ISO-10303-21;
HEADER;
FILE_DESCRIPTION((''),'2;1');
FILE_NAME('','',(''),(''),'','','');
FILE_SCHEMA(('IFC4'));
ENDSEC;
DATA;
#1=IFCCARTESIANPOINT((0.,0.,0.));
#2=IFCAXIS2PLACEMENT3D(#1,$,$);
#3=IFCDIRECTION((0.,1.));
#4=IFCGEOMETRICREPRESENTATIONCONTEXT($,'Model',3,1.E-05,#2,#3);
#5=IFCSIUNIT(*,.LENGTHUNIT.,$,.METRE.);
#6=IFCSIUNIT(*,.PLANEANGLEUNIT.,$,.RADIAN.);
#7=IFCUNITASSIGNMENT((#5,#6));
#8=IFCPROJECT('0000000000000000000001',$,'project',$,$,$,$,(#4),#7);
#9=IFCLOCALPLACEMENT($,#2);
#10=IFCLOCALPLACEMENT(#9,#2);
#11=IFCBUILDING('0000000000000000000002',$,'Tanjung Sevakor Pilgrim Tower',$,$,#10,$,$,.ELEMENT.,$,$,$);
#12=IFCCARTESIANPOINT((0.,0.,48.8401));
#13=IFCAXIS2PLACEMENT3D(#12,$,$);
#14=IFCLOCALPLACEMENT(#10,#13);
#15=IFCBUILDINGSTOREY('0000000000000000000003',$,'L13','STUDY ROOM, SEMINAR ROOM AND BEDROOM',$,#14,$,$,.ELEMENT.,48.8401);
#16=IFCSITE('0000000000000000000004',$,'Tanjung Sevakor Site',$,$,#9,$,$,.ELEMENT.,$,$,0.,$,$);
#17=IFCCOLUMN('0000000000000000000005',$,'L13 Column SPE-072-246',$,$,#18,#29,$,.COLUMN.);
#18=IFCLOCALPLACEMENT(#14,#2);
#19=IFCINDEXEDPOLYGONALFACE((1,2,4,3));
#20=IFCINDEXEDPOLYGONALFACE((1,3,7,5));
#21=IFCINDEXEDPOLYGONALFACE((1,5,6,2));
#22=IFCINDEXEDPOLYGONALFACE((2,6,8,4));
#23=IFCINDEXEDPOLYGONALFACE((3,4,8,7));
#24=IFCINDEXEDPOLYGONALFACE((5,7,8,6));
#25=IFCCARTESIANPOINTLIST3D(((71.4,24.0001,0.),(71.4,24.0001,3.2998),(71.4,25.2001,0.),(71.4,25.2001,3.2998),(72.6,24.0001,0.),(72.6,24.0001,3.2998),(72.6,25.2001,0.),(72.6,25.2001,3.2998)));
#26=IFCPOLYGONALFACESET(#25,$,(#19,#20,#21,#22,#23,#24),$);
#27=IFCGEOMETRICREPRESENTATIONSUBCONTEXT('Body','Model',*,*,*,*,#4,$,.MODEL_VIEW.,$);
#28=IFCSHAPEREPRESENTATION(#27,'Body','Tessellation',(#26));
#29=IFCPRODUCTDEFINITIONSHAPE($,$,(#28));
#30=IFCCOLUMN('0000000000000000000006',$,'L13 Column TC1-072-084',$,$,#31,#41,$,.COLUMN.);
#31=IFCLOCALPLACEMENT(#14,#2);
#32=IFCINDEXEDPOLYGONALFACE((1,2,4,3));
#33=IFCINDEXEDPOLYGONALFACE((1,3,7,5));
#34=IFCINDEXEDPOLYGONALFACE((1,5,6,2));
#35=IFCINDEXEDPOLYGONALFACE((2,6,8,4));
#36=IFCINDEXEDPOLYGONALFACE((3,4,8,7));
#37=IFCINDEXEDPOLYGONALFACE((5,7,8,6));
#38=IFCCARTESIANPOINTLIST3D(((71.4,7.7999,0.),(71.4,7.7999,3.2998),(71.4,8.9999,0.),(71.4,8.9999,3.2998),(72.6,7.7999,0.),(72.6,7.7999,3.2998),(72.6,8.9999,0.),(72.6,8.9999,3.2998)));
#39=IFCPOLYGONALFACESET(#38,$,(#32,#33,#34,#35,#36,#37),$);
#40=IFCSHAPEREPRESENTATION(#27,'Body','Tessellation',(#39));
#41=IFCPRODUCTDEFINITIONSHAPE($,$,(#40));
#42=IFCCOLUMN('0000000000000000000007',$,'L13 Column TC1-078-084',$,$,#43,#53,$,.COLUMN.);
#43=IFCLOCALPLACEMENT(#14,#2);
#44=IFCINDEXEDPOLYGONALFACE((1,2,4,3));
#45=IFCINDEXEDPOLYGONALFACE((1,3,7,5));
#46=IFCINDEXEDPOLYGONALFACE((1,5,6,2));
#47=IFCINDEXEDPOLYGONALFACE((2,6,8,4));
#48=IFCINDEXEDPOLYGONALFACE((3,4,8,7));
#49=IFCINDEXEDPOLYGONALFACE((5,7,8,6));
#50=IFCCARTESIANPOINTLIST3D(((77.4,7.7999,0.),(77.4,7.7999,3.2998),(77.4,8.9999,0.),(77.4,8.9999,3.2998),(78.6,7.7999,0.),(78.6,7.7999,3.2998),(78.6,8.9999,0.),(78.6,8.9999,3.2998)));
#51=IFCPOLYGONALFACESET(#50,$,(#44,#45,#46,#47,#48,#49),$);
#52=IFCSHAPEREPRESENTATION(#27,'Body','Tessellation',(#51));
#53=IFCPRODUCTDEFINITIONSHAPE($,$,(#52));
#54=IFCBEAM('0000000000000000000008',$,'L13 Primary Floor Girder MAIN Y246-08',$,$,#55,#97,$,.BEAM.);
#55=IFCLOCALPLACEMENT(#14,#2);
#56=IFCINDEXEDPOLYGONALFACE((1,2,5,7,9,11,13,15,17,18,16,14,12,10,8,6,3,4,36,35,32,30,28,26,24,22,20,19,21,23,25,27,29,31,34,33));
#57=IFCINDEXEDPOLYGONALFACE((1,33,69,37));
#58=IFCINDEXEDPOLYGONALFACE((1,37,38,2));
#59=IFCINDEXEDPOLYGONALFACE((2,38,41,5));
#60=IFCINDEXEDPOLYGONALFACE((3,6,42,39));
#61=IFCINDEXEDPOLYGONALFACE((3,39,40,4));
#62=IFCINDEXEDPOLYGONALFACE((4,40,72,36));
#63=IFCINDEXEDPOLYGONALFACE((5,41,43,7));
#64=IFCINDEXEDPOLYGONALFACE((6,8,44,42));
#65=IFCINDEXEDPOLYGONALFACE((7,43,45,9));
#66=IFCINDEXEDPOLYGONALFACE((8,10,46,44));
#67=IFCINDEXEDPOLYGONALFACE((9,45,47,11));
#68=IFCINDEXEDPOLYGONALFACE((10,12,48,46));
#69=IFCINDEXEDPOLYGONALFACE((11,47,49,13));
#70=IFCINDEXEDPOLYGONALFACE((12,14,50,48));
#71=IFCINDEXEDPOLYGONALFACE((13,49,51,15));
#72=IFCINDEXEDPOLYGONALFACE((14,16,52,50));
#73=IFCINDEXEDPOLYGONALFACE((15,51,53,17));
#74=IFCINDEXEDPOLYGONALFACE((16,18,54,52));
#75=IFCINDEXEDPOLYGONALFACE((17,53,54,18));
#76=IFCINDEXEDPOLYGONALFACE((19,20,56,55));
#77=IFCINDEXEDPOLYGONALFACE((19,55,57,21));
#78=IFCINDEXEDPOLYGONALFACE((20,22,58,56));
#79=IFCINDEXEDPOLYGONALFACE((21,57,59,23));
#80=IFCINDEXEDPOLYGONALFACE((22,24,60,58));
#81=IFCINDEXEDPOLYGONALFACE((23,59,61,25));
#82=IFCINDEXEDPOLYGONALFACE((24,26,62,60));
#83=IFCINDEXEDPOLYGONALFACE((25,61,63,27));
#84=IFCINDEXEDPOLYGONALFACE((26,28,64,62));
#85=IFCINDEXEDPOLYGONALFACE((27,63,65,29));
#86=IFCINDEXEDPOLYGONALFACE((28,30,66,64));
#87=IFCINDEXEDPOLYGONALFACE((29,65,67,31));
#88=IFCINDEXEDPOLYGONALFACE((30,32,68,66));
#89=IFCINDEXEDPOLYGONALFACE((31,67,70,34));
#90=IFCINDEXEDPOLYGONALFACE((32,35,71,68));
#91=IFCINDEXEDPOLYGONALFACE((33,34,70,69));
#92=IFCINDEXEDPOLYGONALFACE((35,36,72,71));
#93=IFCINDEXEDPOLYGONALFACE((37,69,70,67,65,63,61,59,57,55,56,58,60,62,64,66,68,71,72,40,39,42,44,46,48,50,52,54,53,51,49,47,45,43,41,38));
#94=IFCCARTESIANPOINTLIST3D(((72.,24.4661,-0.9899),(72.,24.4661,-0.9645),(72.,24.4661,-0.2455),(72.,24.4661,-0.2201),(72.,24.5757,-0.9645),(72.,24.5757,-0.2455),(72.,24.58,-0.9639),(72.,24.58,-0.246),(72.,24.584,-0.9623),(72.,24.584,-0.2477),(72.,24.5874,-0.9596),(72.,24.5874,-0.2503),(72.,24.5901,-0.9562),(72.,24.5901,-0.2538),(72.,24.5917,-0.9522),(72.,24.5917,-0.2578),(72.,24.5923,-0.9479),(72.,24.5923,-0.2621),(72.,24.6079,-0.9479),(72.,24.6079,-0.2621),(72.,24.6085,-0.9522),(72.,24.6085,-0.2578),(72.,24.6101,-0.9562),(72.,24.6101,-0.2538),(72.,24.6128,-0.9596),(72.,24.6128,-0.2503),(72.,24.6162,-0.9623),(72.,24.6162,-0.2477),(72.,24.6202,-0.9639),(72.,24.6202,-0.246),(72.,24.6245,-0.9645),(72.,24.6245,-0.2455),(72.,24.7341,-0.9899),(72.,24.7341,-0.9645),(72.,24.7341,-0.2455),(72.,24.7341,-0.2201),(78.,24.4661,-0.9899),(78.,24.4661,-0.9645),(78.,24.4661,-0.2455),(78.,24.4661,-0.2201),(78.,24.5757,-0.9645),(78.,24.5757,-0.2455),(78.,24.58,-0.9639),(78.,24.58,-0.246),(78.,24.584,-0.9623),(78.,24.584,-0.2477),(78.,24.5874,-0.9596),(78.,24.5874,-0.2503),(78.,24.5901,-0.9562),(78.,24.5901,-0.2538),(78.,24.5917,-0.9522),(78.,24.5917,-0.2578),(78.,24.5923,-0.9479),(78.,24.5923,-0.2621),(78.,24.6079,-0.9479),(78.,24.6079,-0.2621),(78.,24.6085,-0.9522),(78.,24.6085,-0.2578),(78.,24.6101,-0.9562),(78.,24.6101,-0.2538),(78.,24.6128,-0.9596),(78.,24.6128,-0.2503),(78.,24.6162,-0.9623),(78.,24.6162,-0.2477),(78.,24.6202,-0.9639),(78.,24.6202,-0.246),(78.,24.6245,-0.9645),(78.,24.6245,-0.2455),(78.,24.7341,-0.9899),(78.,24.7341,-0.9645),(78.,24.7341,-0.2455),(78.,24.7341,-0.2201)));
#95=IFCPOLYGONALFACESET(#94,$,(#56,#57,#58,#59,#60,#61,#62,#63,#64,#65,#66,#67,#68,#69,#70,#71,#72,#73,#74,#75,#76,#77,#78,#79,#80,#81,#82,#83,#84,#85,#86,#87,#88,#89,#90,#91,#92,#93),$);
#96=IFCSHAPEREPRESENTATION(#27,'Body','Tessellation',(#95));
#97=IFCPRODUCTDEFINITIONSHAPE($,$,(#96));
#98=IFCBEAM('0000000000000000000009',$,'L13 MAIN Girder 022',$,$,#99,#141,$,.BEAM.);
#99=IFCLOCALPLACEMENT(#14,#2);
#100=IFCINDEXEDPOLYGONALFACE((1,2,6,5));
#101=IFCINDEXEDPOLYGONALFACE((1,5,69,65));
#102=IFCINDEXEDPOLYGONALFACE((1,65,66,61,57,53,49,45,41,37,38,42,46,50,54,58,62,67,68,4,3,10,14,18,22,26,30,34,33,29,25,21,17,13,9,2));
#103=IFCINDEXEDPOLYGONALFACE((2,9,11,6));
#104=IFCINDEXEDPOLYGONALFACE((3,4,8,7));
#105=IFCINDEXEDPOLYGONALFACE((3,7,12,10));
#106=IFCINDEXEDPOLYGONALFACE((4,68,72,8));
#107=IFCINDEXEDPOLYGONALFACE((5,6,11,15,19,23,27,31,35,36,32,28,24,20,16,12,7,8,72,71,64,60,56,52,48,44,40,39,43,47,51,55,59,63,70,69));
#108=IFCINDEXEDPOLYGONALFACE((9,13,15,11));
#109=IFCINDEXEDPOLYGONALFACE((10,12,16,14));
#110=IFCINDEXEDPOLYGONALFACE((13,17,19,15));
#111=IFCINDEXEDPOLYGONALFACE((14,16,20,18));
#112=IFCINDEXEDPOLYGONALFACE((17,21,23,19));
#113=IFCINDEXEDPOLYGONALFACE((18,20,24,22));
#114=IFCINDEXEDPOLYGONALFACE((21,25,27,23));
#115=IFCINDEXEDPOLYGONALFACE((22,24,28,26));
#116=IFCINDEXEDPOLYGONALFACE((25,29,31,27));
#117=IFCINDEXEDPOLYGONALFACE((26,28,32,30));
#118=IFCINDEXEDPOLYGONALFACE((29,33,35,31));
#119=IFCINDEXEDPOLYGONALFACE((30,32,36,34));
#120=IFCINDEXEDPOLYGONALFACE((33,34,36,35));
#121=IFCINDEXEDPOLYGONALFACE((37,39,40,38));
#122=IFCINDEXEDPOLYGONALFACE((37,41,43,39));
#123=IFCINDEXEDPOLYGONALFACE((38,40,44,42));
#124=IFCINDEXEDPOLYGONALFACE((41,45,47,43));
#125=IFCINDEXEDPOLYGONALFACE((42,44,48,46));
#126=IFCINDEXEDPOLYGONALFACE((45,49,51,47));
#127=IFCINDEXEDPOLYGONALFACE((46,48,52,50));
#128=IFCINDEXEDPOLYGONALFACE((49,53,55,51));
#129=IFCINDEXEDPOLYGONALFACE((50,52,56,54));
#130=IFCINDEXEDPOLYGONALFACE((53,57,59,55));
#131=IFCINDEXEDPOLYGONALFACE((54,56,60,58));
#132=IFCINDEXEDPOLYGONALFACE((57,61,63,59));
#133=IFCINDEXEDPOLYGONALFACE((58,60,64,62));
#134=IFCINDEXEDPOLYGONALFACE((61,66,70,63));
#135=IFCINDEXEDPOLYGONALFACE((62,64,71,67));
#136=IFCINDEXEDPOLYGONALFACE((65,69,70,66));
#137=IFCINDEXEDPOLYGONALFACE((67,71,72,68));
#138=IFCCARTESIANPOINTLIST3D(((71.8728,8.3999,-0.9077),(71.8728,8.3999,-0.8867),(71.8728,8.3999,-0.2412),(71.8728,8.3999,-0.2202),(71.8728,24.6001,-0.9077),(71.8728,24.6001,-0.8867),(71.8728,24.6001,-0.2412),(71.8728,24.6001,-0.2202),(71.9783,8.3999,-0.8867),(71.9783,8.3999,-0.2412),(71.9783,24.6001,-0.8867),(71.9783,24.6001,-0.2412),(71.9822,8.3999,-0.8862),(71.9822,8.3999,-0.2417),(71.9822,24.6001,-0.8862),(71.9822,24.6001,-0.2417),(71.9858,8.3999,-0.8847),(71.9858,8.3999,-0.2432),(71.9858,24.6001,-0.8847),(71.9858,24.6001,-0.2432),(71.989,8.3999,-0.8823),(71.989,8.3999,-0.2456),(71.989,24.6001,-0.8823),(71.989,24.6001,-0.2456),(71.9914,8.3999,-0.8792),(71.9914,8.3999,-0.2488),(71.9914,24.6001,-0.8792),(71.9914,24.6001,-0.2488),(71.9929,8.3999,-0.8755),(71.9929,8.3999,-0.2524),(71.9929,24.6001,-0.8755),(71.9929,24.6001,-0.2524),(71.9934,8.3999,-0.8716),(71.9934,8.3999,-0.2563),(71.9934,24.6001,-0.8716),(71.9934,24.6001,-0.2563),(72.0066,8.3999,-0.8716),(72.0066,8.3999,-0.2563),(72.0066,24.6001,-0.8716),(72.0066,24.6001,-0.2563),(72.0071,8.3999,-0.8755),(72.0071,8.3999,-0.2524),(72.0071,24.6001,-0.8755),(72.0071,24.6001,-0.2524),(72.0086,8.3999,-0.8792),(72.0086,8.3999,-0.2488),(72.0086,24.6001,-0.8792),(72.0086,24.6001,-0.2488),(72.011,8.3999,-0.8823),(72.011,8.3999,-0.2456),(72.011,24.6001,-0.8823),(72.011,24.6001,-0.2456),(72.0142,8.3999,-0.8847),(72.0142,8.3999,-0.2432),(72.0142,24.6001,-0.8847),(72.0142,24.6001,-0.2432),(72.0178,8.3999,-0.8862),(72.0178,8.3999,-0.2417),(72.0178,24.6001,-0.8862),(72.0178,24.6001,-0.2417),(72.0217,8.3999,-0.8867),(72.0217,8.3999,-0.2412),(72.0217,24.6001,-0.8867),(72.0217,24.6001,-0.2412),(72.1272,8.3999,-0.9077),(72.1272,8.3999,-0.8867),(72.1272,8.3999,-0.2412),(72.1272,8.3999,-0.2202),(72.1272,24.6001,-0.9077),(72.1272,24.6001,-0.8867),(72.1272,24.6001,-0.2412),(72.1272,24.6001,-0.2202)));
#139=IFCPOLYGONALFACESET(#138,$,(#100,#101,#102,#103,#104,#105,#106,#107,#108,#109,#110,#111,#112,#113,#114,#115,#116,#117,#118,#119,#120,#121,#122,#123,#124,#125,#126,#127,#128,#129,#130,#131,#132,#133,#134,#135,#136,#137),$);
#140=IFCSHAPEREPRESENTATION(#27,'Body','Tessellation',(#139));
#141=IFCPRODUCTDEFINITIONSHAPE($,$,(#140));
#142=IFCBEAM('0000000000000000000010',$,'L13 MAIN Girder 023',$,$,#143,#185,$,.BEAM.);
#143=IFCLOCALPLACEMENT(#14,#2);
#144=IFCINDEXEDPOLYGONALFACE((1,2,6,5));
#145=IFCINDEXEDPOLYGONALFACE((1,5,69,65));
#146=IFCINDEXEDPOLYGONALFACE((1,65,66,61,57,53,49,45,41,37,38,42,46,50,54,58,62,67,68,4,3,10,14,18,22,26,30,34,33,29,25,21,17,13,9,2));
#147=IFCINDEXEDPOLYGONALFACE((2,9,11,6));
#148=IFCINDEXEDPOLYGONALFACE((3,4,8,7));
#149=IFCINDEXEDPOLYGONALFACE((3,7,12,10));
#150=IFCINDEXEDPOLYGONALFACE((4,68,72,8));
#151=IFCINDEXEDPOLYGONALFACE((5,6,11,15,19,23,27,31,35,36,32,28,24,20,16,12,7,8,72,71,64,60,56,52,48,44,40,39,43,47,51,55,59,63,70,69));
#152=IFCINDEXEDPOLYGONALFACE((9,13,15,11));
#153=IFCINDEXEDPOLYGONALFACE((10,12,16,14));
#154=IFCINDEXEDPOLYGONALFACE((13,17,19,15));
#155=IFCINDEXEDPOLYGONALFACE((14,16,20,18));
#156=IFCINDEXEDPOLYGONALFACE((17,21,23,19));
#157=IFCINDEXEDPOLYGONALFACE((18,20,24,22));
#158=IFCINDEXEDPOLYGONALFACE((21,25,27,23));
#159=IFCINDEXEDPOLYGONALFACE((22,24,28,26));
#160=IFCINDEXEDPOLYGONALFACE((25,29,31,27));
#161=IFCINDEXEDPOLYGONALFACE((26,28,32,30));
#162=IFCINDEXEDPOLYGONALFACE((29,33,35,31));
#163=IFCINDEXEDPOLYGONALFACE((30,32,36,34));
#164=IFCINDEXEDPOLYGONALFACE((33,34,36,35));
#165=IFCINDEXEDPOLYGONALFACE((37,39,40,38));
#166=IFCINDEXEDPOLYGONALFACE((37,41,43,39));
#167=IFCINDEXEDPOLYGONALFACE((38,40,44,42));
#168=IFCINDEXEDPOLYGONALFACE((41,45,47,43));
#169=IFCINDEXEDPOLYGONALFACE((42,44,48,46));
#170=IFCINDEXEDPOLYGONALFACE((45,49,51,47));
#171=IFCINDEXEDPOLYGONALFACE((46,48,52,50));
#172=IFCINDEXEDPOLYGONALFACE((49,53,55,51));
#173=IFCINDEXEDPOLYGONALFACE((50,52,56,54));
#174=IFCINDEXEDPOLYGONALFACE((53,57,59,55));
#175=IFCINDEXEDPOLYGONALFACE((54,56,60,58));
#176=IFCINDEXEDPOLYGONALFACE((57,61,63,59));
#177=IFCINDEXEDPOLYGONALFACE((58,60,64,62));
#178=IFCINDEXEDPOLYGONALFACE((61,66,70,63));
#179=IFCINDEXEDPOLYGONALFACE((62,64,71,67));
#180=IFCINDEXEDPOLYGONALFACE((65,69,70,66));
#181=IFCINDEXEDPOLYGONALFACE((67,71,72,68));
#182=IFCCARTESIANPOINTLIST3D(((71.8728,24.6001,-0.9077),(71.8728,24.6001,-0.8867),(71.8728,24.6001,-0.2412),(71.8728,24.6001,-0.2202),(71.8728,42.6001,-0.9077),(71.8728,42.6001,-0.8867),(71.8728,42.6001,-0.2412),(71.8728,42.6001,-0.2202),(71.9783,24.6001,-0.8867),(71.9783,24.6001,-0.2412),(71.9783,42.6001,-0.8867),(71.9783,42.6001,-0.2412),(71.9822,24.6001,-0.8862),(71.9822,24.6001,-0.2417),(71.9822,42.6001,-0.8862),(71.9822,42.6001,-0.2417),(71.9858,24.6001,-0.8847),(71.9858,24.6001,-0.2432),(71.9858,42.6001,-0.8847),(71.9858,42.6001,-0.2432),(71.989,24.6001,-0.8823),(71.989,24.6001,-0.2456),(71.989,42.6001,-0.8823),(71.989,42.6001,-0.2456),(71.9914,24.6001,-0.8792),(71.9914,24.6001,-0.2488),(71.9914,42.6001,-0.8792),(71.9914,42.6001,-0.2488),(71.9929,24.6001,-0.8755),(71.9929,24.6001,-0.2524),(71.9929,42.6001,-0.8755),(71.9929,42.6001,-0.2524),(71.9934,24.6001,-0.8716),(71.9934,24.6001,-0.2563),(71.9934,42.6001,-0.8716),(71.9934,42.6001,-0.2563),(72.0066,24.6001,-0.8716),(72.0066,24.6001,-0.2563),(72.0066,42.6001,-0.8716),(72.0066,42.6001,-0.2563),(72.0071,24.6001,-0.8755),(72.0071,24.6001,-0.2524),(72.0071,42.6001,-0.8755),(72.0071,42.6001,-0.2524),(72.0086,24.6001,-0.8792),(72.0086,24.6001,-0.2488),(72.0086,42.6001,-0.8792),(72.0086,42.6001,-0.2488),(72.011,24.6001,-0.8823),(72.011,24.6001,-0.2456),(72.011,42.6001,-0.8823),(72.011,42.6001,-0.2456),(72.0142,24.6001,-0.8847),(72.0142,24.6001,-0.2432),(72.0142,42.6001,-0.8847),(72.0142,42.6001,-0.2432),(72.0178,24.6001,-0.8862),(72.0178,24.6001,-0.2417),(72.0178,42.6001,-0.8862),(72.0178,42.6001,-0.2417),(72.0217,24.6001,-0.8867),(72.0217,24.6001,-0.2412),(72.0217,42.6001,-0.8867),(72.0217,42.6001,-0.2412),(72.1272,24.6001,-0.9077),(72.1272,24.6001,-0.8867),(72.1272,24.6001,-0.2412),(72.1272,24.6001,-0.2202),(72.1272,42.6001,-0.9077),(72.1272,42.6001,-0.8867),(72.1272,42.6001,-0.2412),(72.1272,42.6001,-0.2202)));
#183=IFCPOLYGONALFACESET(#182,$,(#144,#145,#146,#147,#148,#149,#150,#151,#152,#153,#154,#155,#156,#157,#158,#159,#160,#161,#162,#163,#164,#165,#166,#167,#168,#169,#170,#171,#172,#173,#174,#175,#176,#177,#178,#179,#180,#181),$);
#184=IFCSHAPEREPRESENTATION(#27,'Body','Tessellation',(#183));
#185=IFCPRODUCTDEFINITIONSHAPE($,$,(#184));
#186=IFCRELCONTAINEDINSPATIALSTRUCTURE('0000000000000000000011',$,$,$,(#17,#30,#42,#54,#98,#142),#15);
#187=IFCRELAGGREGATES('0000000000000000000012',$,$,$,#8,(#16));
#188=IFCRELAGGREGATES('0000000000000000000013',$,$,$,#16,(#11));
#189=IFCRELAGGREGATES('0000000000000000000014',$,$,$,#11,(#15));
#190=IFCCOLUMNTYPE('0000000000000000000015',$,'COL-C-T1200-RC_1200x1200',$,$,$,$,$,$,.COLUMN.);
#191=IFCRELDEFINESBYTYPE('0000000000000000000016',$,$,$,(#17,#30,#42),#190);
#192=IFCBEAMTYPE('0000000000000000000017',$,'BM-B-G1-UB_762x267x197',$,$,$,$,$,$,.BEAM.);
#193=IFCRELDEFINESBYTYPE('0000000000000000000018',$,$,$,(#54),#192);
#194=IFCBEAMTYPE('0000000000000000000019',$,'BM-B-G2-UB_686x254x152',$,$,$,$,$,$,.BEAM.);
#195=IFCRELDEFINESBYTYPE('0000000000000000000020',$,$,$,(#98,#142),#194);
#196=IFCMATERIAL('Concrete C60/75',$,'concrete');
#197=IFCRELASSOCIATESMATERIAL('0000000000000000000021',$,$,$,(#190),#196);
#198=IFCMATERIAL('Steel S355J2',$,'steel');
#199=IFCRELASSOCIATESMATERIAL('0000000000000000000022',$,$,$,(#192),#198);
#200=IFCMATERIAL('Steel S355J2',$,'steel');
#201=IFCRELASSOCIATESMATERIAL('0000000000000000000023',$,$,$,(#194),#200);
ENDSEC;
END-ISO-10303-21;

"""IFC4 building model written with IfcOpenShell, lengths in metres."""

from ifc_helpers import new_model, si_unit, direction, frame, origin, origin_2d, place, context, subcontext, project, spatial, rectangle, i_section, extrude, material, material_profile, profile_set, type_object, element, save


model = new_model("IFC4")

# Units and contexts
model_context = context("Model", 3, precision=1e-05, world=origin(), true_north=direction((0.0, 1.0)))
body_context = subcontext(model_context, "Body", "Model", "MODEL_VIEW")
ifc_project = project(units=[si_unit("LENGTHUNIT", "METRE"), si_unit("PLANEANGLEUNIT", "RADIAN")], contexts=[model_context])

# Site, building, storey
site_placement = place(None, origin())
site = spatial("IfcSite", under=ifc_project, at=site_placement, Name="Tanjung Sevakor Site", CompositionType="ELEMENT", RefElevation=0.0)
building_placement = place(site_placement, origin())
building = spatial("IfcBuilding", under=site, at=building_placement, Name="Tanjung Sevakor Pilgrim Tower", CompositionType="ELEMENT")
storey_placement = place(building_placement, frame((0.0, 0.0, 48.8401)))
storey = spatial("IfcBuildingStorey", under=building, at=storey_placement, Name="L13", Description="STUDY ROOM, SEMINAR ROOM AND BEDROOM", CompositionType="ELEMENT", Elevation=48.8401)

# Columns
ifc_material_1 = material(Name="Concrete C60/75", Category="concrete")
ifc_material_profile_1 = material_profile(ifc_material_1, rectangle(XDim=1.2, YDim=1.2, at=origin_2d()))
ifc_profile_set_1 = profile_set([ifc_material_profile_1], Name="Concrete C60/75")
column_type = type_object("IfcColumnType", Name="COL-C-T1200-RC_1200x1200", PredefinedType="COLUMN", material=ifc_profile_set_1)
for number, where, z_axis, x_axis, name in (
    (1, (72.0, 24.6001, 0.0), (0.0, 0.0, 1.0), (1.0, 0.0, 0.0), "L13 Column SPE-072-246"),
    (2, (72.0, 8.3999, 0.0), (0.0, 0.0, 1.0), (1.0, 0.0, 0.0), "L13 Column TC1-072-084"),
    (3, (78.0, 8.3999, 0.0), (0.0, 0.0, 1.0), (1.0, 0.0, 0.0), "L13 Column TC1-078-084"),
):
    element("IfcColumn", number, at=place(storey_placement, frame(where, z_axis=z_axis, x_axis=x_axis)), inside=storey, type_object=column_type, Name=name, PredefinedType="COLUMN", context=body_context, shape_type="SweptSolid", body=[
        extrude(rectangle(XDim=1.2, YDim=1.2, at=origin_2d()), origin(), (0.0, 0.0, 1.0), 3.2998),
    ])

# Beams
ifc_material_2 = material(Name="Steel S355J2", Category="steel")
ifc_material_profile_2 = material_profile(ifc_material_2, i_section(OverallWidth=0.2681, OverallDepth=0.7698, WebThickness=0.0156, FlangeThickness=0.0254, FilletRadius=0.0166, at=origin_2d()))
ifc_profile_set_2 = profile_set([ifc_material_profile_2], Name="Steel S355J2")
beam_type_1 = type_object("IfcBeamType", Name="BM-B-G1-UB_762x267x197", PredefinedType="BEAM", material=ifc_profile_set_2)
beam_1_placement = place(storey_placement, frame((72.0, 24.6001, -0.605), z_axis=(1.0, 0.0, 0.0), x_axis=(0.0, 1.0, 0.0)))
element("IfcBeam", 4, at=beam_1_placement, inside=storey, type_object=beam_type_1, Name="L13 Primary Floor Girder MAIN Y246-08", PredefinedType="BEAM", context=body_context, shape_type="SweptSolid", body=[
    extrude(i_section(OverallWidth=0.2681, OverallDepth=0.7698, WebThickness=0.0156, FlangeThickness=0.0254, FilletRadius=0.0166, at=origin_2d()), origin(), (0.0, 0.0, 1.0), 6.0),
])
ifc_material_3 = material(Name="Steel S355J2", Category="steel")
ifc_material_profile_3 = material_profile(ifc_material_3, i_section(OverallWidth=0.2544, OverallDepth=0.6875, WebThickness=0.0132, FlangeThickness=0.021, FilletRadius=0.0151, at=origin_2d()))
ifc_profile_set_3 = profile_set([ifc_material_profile_3], Name="Steel S355J2")
beam_type_2 = type_object("IfcBeamType", Name="BM-B-G2-UB_686x254x152", PredefinedType="BEAM", material=ifc_profile_set_3)
beam_2_placement = place(storey_placement, frame((72.0, 8.3999, -0.564), z_axis=(0.0, 1.0, 0.0), x_axis=(-1.0, 0.0, 0.0)))
element("IfcBeam", 5, at=beam_2_placement, inside=storey, type_object=beam_type_2, Name="L13 MAIN Girder 022", PredefinedType="BEAM", context=body_context, shape_type="SweptSolid", body=[
    extrude(i_section(OverallWidth=0.2544, OverallDepth=0.6875, WebThickness=0.0132, FlangeThickness=0.021, FilletRadius=0.0151, at=origin_2d()), origin(), (0.0, 0.0, 1.0), 16.2002),
])
beam_3_placement = place(storey_placement, frame((72.0, 24.6001, -0.564), z_axis=(0.0, 1.0, 0.0), x_axis=(-1.0, 0.0, 0.0)))
element("IfcBeam", 6, at=beam_3_placement, inside=storey, type_object=beam_type_2, Name="L13 MAIN Girder 023", PredefinedType="BEAM", context=body_context, shape_type="SweptSolid", body=[
    extrude(i_section(OverallWidth=0.2544, OverallDepth=0.6875, WebThickness=0.0132, FlangeThickness=0.021, FilletRadius=0.0151, at=origin_2d()), origin(), (0.0, 0.0, 1.0), 18.0),
])

save(model, "model.ifc")
